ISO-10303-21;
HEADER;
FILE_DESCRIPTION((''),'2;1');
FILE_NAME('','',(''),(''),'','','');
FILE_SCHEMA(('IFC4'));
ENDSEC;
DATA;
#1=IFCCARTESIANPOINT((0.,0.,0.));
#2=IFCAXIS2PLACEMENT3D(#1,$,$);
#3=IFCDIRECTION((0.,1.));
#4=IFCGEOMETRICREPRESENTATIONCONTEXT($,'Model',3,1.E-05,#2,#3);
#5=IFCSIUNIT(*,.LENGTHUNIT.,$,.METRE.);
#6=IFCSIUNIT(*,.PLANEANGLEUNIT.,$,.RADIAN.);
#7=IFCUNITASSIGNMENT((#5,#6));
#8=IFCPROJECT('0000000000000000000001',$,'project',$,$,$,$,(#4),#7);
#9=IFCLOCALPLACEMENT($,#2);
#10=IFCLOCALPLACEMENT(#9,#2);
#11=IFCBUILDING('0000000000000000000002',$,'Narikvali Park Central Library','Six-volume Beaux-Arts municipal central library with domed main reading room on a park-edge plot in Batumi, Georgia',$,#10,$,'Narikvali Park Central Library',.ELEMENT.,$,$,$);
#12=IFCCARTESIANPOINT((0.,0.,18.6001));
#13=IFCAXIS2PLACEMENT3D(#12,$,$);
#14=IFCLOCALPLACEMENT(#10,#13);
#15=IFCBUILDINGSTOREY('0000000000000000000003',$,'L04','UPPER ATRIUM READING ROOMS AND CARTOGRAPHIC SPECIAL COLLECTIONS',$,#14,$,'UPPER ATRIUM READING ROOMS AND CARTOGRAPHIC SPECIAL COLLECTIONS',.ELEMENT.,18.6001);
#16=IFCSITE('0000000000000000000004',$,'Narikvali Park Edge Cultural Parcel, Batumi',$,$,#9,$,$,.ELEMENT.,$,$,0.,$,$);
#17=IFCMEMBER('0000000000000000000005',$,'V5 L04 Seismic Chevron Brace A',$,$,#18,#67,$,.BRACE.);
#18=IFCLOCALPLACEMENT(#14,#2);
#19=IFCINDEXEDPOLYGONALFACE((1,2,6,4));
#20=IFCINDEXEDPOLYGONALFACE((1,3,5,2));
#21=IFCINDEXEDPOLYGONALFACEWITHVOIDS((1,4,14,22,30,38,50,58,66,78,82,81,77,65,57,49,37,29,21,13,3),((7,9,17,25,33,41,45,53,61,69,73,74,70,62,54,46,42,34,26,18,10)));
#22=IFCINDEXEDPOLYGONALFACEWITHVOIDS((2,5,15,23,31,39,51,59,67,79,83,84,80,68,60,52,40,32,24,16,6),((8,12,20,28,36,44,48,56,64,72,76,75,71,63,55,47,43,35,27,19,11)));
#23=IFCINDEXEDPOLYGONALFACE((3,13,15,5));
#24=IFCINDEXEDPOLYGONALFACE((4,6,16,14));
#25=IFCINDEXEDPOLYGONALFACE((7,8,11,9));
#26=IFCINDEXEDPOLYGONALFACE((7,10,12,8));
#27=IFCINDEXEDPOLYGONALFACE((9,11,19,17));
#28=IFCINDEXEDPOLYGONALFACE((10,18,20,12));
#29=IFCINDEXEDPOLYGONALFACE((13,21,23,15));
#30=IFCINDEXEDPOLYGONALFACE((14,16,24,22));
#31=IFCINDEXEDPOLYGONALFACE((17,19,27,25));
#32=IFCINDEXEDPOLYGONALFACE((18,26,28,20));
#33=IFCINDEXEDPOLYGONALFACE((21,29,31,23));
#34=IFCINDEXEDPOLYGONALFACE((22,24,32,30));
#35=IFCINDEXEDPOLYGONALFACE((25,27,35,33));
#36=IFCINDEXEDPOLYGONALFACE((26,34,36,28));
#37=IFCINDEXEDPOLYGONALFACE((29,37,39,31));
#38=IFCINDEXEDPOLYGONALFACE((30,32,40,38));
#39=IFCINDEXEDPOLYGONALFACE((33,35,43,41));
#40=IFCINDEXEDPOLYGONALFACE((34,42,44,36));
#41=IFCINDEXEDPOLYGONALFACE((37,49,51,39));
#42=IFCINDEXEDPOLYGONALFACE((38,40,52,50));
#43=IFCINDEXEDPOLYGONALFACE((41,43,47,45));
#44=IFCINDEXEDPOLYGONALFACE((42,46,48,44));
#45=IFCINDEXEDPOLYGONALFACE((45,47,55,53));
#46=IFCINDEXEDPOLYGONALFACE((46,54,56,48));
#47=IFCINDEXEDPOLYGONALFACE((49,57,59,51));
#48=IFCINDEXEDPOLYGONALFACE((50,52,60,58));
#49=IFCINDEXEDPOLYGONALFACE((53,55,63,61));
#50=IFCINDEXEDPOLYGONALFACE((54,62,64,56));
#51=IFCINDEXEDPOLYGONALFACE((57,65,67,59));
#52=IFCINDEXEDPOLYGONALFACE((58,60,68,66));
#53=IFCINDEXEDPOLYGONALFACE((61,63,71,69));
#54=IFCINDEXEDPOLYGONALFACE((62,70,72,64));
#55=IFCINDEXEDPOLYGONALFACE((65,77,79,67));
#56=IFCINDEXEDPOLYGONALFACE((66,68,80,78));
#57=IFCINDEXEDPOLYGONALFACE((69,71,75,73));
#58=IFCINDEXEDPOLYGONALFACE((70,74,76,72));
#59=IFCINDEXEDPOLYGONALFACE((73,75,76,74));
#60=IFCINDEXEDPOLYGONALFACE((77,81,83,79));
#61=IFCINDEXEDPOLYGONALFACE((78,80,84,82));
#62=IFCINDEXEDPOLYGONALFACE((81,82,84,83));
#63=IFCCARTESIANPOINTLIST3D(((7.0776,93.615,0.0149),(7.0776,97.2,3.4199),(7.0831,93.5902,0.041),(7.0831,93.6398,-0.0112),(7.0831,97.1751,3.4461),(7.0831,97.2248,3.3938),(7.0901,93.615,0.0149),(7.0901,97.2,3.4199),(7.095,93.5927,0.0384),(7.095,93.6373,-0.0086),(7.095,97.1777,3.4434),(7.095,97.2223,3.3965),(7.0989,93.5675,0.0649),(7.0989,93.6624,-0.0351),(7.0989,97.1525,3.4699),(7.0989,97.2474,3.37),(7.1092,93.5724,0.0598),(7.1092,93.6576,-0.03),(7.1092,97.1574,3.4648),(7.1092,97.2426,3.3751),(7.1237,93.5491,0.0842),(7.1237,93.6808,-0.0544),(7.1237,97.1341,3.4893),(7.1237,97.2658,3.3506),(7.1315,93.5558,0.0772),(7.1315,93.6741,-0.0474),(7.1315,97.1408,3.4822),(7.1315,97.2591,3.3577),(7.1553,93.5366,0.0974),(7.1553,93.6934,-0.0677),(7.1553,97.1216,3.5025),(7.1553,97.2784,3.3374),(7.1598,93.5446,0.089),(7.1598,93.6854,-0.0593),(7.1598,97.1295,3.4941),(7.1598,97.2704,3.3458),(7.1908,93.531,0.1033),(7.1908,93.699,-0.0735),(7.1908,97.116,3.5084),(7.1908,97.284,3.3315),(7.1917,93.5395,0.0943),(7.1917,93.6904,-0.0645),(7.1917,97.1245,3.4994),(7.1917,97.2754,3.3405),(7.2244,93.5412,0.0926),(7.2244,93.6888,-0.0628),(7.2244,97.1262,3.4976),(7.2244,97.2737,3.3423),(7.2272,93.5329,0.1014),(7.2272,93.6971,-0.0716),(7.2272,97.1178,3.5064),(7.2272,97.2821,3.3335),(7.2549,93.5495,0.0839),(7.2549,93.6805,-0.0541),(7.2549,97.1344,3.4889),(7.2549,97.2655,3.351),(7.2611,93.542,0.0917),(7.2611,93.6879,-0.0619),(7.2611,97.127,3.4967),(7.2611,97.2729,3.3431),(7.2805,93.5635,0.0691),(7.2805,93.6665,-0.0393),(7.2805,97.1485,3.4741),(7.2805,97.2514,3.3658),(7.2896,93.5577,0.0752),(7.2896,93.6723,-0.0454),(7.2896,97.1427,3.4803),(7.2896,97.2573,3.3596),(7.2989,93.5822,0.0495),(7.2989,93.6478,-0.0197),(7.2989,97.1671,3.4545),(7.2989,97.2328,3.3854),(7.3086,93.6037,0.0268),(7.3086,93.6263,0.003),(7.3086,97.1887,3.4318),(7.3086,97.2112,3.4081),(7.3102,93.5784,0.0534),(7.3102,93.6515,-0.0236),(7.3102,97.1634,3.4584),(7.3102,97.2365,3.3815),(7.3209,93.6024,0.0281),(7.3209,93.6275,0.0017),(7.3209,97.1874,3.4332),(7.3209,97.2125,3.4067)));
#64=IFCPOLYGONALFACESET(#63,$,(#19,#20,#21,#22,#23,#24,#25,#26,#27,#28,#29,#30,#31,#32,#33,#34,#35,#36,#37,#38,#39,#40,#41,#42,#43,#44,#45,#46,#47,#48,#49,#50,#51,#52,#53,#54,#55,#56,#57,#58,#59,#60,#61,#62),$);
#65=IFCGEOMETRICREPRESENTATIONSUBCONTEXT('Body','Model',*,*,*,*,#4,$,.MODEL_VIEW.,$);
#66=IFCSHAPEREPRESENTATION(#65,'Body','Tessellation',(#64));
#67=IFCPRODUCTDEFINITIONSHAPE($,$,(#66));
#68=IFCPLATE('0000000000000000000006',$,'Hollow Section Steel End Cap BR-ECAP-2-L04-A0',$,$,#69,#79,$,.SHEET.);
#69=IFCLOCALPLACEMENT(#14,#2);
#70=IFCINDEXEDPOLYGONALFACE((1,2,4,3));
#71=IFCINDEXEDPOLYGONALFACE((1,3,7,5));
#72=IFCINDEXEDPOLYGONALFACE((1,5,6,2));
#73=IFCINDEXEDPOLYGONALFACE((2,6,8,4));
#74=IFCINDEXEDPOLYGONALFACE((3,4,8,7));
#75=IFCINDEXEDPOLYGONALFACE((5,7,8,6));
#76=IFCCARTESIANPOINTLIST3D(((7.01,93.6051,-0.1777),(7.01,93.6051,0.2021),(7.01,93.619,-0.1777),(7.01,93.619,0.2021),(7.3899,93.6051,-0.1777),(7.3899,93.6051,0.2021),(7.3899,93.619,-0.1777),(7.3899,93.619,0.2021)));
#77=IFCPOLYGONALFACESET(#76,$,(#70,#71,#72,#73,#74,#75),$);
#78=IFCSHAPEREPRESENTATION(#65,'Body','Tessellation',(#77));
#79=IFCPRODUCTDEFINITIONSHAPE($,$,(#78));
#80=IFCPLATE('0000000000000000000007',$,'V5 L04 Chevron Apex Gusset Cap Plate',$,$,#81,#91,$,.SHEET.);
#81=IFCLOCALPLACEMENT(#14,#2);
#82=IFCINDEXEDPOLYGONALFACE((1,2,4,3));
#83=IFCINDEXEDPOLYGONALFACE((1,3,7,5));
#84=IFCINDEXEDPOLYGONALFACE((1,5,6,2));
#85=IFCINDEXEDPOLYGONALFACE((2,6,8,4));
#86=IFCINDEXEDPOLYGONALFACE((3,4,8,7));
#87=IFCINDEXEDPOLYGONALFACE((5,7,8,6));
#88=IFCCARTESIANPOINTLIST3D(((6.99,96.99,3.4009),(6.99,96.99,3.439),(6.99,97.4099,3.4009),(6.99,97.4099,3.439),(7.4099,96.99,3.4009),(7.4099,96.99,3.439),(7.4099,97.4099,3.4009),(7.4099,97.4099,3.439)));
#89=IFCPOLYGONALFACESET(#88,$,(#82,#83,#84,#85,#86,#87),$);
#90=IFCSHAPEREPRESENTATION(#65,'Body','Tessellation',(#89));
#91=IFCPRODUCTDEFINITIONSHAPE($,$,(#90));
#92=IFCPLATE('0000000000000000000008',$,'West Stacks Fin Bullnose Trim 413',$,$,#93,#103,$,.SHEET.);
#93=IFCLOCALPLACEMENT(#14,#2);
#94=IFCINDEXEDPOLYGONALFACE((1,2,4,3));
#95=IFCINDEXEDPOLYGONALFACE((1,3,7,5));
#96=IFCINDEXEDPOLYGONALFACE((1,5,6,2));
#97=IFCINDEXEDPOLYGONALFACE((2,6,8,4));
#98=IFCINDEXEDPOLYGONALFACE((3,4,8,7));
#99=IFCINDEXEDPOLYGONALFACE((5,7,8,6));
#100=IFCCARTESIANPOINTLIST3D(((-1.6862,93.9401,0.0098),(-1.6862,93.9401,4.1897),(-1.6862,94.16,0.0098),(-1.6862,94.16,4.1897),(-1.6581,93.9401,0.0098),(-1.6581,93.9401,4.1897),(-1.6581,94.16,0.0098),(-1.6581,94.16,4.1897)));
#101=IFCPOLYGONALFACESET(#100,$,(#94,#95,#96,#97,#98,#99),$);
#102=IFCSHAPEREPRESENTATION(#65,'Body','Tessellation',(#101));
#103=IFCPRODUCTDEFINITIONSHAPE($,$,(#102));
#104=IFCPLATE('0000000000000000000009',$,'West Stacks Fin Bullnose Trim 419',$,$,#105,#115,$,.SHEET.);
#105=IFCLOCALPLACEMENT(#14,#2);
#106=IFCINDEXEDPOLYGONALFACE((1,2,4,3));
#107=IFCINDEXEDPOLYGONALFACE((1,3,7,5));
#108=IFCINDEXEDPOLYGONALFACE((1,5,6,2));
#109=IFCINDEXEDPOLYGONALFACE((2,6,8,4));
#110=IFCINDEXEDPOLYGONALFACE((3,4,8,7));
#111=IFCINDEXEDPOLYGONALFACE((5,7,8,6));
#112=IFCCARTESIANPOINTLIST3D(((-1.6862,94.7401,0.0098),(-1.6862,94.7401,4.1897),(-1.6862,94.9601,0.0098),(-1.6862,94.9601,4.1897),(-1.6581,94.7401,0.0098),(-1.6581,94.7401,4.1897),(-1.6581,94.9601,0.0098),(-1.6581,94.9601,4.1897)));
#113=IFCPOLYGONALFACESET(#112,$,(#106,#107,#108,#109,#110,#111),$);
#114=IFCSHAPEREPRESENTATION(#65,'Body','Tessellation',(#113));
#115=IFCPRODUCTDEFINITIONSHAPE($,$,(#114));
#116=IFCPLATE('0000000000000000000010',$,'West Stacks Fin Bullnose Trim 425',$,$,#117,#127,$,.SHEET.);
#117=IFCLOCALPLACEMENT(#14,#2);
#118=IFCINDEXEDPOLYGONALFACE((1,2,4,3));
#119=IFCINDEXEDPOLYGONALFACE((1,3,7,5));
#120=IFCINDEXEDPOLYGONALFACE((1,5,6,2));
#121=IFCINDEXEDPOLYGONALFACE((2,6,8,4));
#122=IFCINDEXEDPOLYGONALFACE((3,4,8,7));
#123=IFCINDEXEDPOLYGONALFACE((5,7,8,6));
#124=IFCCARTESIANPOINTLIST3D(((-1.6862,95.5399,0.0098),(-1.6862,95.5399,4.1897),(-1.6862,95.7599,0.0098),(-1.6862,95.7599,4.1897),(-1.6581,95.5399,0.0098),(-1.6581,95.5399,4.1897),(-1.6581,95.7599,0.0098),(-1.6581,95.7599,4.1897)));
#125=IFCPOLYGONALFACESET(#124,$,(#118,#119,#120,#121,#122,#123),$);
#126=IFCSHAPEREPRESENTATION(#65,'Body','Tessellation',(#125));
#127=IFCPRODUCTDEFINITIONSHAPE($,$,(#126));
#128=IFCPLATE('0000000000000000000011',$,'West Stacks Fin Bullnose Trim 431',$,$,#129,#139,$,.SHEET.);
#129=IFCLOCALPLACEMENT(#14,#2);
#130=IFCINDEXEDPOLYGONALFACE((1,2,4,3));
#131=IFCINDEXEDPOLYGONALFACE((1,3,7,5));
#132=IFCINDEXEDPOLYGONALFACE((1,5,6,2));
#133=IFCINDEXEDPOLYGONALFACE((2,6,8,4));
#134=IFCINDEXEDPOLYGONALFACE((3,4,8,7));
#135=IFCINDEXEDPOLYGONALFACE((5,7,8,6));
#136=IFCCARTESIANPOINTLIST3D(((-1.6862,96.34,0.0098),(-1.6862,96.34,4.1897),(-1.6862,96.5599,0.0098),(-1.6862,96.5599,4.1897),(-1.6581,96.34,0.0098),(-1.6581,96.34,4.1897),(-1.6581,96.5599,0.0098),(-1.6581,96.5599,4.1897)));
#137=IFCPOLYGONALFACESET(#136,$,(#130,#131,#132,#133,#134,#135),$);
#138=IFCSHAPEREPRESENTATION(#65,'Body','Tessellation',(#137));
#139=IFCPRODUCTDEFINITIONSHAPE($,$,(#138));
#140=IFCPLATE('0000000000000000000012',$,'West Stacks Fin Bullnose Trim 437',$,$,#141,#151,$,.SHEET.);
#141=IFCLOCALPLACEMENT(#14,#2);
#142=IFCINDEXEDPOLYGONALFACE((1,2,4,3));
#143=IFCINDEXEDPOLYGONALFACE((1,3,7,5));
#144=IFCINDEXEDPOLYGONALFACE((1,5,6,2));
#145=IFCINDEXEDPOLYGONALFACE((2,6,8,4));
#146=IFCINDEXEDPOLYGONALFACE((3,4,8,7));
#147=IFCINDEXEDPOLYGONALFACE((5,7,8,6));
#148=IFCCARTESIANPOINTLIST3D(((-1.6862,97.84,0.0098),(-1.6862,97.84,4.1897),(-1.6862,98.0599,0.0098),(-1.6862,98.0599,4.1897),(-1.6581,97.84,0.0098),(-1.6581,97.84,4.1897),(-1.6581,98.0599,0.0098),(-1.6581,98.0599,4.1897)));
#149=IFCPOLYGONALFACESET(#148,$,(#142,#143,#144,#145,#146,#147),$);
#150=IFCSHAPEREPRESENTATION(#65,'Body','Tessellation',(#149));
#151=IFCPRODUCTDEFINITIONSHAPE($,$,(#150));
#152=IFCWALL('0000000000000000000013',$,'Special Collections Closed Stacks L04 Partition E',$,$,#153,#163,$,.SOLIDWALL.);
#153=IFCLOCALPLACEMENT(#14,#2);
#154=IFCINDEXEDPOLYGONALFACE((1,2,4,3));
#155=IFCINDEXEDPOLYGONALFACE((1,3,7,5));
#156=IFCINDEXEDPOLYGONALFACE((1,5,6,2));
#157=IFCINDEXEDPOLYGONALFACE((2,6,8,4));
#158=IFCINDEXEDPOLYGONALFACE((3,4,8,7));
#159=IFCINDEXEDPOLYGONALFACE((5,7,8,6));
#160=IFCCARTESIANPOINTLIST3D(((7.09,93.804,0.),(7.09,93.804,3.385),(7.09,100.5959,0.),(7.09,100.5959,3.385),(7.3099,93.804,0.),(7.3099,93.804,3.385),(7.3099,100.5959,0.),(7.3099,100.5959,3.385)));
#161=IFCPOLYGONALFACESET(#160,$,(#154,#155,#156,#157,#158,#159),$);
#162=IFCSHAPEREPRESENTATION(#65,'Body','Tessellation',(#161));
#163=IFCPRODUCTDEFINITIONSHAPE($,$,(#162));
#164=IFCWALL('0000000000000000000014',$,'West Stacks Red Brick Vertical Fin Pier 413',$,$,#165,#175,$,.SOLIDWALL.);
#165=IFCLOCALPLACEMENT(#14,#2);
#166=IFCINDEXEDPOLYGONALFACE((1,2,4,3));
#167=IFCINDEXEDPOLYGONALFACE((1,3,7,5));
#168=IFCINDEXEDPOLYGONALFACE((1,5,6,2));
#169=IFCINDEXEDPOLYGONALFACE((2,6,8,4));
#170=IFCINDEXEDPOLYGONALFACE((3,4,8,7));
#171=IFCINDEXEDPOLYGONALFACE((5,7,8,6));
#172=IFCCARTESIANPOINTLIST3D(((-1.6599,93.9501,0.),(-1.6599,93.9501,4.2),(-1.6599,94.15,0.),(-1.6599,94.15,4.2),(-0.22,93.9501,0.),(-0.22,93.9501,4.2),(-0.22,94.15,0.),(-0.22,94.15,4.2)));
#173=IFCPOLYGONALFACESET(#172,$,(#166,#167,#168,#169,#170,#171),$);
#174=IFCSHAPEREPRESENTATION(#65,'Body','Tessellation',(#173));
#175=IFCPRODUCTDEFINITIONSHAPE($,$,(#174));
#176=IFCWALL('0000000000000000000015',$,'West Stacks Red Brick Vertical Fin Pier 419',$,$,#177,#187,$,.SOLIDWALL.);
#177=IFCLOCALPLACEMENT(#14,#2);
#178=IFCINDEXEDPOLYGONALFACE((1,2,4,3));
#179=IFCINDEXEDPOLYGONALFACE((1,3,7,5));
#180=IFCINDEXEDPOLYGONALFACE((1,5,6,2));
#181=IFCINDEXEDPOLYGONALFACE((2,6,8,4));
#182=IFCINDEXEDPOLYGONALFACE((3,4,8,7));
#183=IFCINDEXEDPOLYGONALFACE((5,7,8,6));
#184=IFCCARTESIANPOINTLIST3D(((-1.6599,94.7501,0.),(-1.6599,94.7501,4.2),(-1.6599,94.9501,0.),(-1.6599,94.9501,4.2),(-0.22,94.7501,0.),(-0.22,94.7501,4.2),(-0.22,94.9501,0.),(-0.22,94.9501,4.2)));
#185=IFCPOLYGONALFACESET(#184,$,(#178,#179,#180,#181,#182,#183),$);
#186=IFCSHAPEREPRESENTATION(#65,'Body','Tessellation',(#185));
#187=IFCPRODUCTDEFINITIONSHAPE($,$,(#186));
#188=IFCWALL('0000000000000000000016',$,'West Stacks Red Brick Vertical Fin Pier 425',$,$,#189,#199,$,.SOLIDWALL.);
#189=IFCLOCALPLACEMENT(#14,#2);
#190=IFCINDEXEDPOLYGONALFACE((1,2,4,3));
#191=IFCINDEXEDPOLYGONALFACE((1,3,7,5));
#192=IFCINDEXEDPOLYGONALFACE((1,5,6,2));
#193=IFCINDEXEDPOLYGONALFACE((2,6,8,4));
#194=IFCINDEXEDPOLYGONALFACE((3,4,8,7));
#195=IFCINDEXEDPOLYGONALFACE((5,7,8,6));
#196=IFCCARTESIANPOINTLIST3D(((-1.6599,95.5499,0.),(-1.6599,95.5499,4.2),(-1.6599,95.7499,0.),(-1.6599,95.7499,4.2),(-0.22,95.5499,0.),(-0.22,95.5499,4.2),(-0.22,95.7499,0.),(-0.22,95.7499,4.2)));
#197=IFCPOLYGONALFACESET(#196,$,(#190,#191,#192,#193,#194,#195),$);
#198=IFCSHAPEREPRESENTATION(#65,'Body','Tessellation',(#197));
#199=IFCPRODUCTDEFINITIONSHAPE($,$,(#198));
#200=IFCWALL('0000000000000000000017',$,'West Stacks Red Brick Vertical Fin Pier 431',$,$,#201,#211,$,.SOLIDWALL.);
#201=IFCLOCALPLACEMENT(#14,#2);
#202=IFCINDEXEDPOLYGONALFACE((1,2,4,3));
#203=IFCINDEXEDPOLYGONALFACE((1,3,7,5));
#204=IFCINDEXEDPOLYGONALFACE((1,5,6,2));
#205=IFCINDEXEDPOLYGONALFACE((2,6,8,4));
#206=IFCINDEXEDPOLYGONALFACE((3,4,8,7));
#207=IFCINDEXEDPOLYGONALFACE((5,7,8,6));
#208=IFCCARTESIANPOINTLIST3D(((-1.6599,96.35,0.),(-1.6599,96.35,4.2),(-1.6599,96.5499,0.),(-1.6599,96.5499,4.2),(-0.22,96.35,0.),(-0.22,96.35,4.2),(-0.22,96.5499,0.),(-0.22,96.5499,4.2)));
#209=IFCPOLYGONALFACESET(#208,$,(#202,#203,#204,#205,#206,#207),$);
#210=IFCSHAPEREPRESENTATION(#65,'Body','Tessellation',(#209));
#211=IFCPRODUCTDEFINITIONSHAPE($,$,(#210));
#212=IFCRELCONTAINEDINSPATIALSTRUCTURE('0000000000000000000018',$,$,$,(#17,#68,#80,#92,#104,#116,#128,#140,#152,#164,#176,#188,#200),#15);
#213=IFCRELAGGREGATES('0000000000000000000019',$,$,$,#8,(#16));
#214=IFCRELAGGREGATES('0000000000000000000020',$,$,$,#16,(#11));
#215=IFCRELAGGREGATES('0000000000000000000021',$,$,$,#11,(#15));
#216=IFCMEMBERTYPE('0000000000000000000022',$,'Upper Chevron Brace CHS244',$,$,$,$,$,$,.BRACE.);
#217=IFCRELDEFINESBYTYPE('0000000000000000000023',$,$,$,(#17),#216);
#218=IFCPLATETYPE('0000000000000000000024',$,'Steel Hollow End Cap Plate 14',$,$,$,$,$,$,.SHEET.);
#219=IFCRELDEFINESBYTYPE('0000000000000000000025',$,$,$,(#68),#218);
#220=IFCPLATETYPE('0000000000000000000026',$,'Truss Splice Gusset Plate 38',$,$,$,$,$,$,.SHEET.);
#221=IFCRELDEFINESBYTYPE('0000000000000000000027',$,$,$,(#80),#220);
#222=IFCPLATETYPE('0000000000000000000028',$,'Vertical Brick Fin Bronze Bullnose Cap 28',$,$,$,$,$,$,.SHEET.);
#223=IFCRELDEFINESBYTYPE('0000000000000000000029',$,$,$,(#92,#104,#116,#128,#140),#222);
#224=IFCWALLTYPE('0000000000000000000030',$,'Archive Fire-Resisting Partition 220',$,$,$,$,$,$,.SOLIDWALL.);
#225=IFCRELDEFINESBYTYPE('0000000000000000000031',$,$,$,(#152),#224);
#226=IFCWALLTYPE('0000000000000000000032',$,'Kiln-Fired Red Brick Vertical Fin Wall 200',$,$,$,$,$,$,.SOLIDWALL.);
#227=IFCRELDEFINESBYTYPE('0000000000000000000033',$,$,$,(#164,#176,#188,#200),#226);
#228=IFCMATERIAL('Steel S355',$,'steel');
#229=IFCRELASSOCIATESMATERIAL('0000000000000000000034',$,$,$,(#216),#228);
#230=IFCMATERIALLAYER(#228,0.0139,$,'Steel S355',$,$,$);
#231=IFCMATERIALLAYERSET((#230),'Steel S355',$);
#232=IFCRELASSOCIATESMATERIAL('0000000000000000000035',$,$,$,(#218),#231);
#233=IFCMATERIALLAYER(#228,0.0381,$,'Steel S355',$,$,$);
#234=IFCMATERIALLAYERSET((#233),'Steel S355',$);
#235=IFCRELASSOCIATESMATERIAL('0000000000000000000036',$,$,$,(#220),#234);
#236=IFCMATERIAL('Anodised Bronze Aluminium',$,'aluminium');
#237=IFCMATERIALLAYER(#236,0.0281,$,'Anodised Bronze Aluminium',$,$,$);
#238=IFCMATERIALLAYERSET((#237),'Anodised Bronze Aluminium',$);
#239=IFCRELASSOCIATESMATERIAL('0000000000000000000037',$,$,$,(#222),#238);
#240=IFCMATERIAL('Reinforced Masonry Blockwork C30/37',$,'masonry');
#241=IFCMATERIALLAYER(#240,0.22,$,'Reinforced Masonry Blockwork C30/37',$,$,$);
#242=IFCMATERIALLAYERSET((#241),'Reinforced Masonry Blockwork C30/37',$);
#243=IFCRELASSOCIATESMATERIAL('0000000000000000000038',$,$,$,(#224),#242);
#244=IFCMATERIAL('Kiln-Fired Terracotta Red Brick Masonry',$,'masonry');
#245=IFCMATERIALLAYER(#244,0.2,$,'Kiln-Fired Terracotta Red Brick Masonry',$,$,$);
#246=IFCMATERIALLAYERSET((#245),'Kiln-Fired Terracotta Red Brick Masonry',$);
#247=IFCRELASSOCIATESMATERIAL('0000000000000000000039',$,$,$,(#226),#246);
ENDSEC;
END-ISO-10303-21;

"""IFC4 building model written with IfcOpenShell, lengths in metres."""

from ifc_helpers import new_model, si_unit, direction, frame, frame_2d, origin, origin_2d, place, context, subcontext, project, spatial, rectangle, hollow_circle, extrude, material, layer, layer_set, material_profile, profile_set, type_object, element, save


model = new_model("IFC4")

# Units and contexts
model_context = context("Model", 3, precision=1e-05, world=origin(), true_north=direction((0.0, 1.0)))
body_context = subcontext(model_context, "Body", "Model", "MODEL_VIEW")
ifc_project = project(units=[si_unit("LENGTHUNIT", "METRE"), si_unit("PLANEANGLEUNIT", "RADIAN")], contexts=[model_context])

# Site, building, storey
site_placement = place(None, origin())
site = spatial("IfcSite", under=ifc_project, at=site_placement, Name="Narikvali Park Edge Cultural Parcel, Batumi", CompositionType="ELEMENT", RefElevation=0.0)
building_placement = place(site_placement, origin())
building = spatial("IfcBuilding", under=site, at=building_placement, Name="Narikvali Park Central Library", Description="Six-volume Beaux-Arts municipal central library with domed main reading room on a park-edge plot in Batumi, Georgia", LongName="Narikvali Park Central Library", CompositionType="ELEMENT")
storey_placement = place(building_placement, frame((0.0, 0.0, 18.6001)))
storey = spatial("IfcBuildingStorey", under=building, at=storey_placement, Name="L04", Description="UPPER ATRIUM READING ROOMS AND CARTOGRAPHIC SPECIAL COLLECTIONS", LongName="UPPER ATRIUM READING ROOMS AND CARTOGRAPHIC SPECIAL COLLECTIONS", CompositionType="ELEMENT", Elevation=18.6001)

# Shared definitions
ifc_material_1 = material(Name="Steel S355", Category="steel")

# Member
ifc_material_profile_1 = material_profile(ifc_material_1, hollow_circle(Radius=0.1223, WallThickness=0.0125, at=origin_2d()), Name="CHS 244.5x12.5")
ifc_profile_set_1 = profile_set([ifc_material_profile_1], Name="Steel S355")
member_type = type_object("IfcMemberType", Name="Upper Chevron Brace CHS244", PredefinedType="BRACE", material=ifc_profile_set_1)
member_placement = place(storey_placement, frame((7.2, 93.615, 0.0149), z_axis=(0.0, 0.725068, 0.688677), x_axis=(-1.0, 0.0, 0.0)))
element("IfcMember", 1, at=member_placement, inside=storey, type_object=member_type, Name="V5 L04 Seismic Chevron Brace A", PredefinedType="BRACE", context=body_context, shape_type="SweptSolid", body=[
    extrude(hollow_circle(Radius=0.1223, WallThickness=0.0125, at=origin_2d()), origin(), (0.0, 0.0, 1.0), 4.9443),
])

# Plates
ifc_layer_1 = layer(ifc_material_1, 0.0139, Name="Steel S355")
ifc_layer_set_1 = layer_set([ifc_layer_1], Name="Steel S355")
plate_type_1 = type_object("IfcPlateType", Name="Steel Hollow End Cap Plate 14", PredefinedType="SHEET", material=ifc_layer_set_1)
plate_1_placement = place(storey_placement, frame((7.2, 93.6121, -0.1777), z_axis=(0.0, 0.0, 1.0), x_axis=(-1.0, 0.0, 0.0)))
element("IfcPlate", 2, at=plate_1_placement, inside=storey, type_object=plate_type_1, Name="Hollow Section Steel End Cap BR-ECAP-2-L04-A0", PredefinedType="SHEET", context=body_context, shape_type="SweptSolid", body=[
    extrude(rectangle(XDim=0.3799, YDim=0.0139, at=origin_2d()), origin(), (0.0, 0.0, 1.0), 0.3799),
])
ifc_layer_2 = layer(ifc_material_1, 0.0381, Name="Steel S355")
ifc_layer_set_2 = layer_set([ifc_layer_2], Name="Steel S355")
plate_type_2 = type_object("IfcPlateType", Name="Truss Splice Gusset Plate 38", PredefinedType="SHEET", material=ifc_layer_set_2)
plate_2_placement = place(storey_placement, frame((7.2, 97.2, 3.4009), z_axis=(0.0, 0.0, 1.0), x_axis=(1.0, 0.0, 0.0)))
element("IfcPlate", 3, at=plate_2_placement, inside=storey, type_object=plate_type_2, Name="V5 L04 Chevron Apex Gusset Cap Plate", PredefinedType="SHEET", context=body_context, shape_type="SweptSolid", body=[
    extrude(rectangle(XDim=0.4199, YDim=0.4199, at=origin_2d()), origin(), (0.0, 0.0, 1.0), 0.0381),
])
ifc_material_2 = material(Name="Anodised Bronze Aluminium", Category="aluminium")
ifc_layer_3 = layer(ifc_material_2, 0.0281, Name="Anodised Bronze Aluminium")
ifc_layer_set_3 = layer_set([ifc_layer_3], Name="Anodised Bronze Aluminium")
plate_type_3 = type_object("IfcPlateType", Name="Vertical Brick Fin Bronze Bullnose Cap 28", PredefinedType="SHEET", material=ifc_layer_set_3)
for number, where, z_axis, x_axis, name in (
    (4, (-1.6721, 94.05, 0.0098), (0.0, 0.0, 1.0), (1.0, 0.0, 0.0), "West Stacks Fin Bullnose Trim 413"),
    (5, (-1.6721, 94.8501, 0.0098), (0.0, 0.0, 1.0), (1.0, 0.0, 0.0), "West Stacks Fin Bullnose Trim 419"),
    (6, (-1.6721, 95.6499, 0.0098), (0.0, 0.0, 1.0), (1.0, 0.0, 0.0), "West Stacks Fin Bullnose Trim 425"),
    (7, (-1.6721, 96.45, 0.0098), (0.0, 0.0, 1.0), (1.0, 0.0, 0.0), "West Stacks Fin Bullnose Trim 431"),
    (8, (-1.6721, 97.95, 0.0098), (0.0, 0.0, 1.0), (1.0, 0.0, 0.0), "West Stacks Fin Bullnose Trim 437"),
):
    element("IfcPlate", number, at=place(storey_placement, frame(where, z_axis=z_axis, x_axis=x_axis)), inside=storey, type_object=plate_type_3, Name=name, PredefinedType="SHEET", context=body_context, shape_type="SweptSolid", body=[
        extrude(rectangle(XDim=0.0281, YDim=0.22, at=origin_2d()), origin(), (0.0, 0.0, 1.0), 4.1799),
    ])

# Walls
ifc_material_3 = material(Name="Reinforced Masonry Blockwork C30/37", Category="masonry")
ifc_layer_4 = layer(ifc_material_3, 0.22, Name="Reinforced Masonry Blockwork C30/37")
ifc_layer_set_4 = layer_set([ifc_layer_4], Name="Reinforced Masonry Blockwork C30/37")
wall_type_1 = type_object("IfcWallType", Name="Archive Fire-Resisting Partition 220", PredefinedType="SOLIDWALL", material=ifc_layer_set_4)
wall_1_placement = place(storey_placement, frame((7.2, 93.804, 0.0), z_axis=(0.0, 0.0, 1.0), x_axis=(0.0, 1.0, 0.0)))
element("IfcWall", 9, at=wall_1_placement, inside=storey, type_object=wall_type_1, Name="Special Collections Closed Stacks L04 Partition E", PredefinedType="SOLIDWALL", context=body_context, shape_type="SweptSolid", body=[
    extrude(rectangle(XDim=6.792, YDim=0.22, at=frame_2d((3.396, 0.0))), origin(), (0.0, 0.0, 1.0), 3.385),
])
ifc_material_4 = material(Name="Kiln-Fired Terracotta Red Brick Masonry", Category="masonry")
ifc_layer_5 = layer(ifc_material_4, 0.2, Name="Kiln-Fired Terracotta Red Brick Masonry")
ifc_layer_set_5 = layer_set([ifc_layer_5], Name="Kiln-Fired Terracotta Red Brick Masonry")
wall_type_2 = type_object("IfcWallType", Name="Kiln-Fired Red Brick Vertical Fin Wall 200", PredefinedType="SOLIDWALL", material=ifc_layer_set_5)
for number, where, z_axis, x_axis, name in (
    (10, (-1.6599, 94.05, 0.0), (0.0, 0.0, 1.0), (1.0, 0.0, 0.0), "West Stacks Red Brick Vertical Fin Pier 413"),
    (11, (-1.6599, 94.8501, 0.0), (0.0, 0.0, 1.0), (1.0, 0.0, 0.0), "West Stacks Red Brick Vertical Fin Pier 419"),
    (12, (-1.6599, 95.6499, 0.0), (0.0, 0.0, 1.0), (1.0, 0.0, 0.0), "West Stacks Red Brick Vertical Fin Pier 425"),
    (13, (-1.6599, 96.45, 0.0), (0.0, 0.0, 1.0), (1.0, 0.0, 0.0), "West Stacks Red Brick Vertical Fin Pier 431"),
):
    element("IfcWall", number, at=place(storey_placement, frame(where, z_axis=z_axis, x_axis=x_axis)), inside=storey, type_object=wall_type_2, Name=name, PredefinedType="SOLIDWALL", context=body_context, shape_type="SweptSolid", body=[
        extrude(rectangle(XDim=1.4399, YDim=0.2, at=frame_2d((0.72, 0.0))), origin(), (0.0, 0.0, 1.0), 4.2),
    ])

save(model, "model.ifc")
